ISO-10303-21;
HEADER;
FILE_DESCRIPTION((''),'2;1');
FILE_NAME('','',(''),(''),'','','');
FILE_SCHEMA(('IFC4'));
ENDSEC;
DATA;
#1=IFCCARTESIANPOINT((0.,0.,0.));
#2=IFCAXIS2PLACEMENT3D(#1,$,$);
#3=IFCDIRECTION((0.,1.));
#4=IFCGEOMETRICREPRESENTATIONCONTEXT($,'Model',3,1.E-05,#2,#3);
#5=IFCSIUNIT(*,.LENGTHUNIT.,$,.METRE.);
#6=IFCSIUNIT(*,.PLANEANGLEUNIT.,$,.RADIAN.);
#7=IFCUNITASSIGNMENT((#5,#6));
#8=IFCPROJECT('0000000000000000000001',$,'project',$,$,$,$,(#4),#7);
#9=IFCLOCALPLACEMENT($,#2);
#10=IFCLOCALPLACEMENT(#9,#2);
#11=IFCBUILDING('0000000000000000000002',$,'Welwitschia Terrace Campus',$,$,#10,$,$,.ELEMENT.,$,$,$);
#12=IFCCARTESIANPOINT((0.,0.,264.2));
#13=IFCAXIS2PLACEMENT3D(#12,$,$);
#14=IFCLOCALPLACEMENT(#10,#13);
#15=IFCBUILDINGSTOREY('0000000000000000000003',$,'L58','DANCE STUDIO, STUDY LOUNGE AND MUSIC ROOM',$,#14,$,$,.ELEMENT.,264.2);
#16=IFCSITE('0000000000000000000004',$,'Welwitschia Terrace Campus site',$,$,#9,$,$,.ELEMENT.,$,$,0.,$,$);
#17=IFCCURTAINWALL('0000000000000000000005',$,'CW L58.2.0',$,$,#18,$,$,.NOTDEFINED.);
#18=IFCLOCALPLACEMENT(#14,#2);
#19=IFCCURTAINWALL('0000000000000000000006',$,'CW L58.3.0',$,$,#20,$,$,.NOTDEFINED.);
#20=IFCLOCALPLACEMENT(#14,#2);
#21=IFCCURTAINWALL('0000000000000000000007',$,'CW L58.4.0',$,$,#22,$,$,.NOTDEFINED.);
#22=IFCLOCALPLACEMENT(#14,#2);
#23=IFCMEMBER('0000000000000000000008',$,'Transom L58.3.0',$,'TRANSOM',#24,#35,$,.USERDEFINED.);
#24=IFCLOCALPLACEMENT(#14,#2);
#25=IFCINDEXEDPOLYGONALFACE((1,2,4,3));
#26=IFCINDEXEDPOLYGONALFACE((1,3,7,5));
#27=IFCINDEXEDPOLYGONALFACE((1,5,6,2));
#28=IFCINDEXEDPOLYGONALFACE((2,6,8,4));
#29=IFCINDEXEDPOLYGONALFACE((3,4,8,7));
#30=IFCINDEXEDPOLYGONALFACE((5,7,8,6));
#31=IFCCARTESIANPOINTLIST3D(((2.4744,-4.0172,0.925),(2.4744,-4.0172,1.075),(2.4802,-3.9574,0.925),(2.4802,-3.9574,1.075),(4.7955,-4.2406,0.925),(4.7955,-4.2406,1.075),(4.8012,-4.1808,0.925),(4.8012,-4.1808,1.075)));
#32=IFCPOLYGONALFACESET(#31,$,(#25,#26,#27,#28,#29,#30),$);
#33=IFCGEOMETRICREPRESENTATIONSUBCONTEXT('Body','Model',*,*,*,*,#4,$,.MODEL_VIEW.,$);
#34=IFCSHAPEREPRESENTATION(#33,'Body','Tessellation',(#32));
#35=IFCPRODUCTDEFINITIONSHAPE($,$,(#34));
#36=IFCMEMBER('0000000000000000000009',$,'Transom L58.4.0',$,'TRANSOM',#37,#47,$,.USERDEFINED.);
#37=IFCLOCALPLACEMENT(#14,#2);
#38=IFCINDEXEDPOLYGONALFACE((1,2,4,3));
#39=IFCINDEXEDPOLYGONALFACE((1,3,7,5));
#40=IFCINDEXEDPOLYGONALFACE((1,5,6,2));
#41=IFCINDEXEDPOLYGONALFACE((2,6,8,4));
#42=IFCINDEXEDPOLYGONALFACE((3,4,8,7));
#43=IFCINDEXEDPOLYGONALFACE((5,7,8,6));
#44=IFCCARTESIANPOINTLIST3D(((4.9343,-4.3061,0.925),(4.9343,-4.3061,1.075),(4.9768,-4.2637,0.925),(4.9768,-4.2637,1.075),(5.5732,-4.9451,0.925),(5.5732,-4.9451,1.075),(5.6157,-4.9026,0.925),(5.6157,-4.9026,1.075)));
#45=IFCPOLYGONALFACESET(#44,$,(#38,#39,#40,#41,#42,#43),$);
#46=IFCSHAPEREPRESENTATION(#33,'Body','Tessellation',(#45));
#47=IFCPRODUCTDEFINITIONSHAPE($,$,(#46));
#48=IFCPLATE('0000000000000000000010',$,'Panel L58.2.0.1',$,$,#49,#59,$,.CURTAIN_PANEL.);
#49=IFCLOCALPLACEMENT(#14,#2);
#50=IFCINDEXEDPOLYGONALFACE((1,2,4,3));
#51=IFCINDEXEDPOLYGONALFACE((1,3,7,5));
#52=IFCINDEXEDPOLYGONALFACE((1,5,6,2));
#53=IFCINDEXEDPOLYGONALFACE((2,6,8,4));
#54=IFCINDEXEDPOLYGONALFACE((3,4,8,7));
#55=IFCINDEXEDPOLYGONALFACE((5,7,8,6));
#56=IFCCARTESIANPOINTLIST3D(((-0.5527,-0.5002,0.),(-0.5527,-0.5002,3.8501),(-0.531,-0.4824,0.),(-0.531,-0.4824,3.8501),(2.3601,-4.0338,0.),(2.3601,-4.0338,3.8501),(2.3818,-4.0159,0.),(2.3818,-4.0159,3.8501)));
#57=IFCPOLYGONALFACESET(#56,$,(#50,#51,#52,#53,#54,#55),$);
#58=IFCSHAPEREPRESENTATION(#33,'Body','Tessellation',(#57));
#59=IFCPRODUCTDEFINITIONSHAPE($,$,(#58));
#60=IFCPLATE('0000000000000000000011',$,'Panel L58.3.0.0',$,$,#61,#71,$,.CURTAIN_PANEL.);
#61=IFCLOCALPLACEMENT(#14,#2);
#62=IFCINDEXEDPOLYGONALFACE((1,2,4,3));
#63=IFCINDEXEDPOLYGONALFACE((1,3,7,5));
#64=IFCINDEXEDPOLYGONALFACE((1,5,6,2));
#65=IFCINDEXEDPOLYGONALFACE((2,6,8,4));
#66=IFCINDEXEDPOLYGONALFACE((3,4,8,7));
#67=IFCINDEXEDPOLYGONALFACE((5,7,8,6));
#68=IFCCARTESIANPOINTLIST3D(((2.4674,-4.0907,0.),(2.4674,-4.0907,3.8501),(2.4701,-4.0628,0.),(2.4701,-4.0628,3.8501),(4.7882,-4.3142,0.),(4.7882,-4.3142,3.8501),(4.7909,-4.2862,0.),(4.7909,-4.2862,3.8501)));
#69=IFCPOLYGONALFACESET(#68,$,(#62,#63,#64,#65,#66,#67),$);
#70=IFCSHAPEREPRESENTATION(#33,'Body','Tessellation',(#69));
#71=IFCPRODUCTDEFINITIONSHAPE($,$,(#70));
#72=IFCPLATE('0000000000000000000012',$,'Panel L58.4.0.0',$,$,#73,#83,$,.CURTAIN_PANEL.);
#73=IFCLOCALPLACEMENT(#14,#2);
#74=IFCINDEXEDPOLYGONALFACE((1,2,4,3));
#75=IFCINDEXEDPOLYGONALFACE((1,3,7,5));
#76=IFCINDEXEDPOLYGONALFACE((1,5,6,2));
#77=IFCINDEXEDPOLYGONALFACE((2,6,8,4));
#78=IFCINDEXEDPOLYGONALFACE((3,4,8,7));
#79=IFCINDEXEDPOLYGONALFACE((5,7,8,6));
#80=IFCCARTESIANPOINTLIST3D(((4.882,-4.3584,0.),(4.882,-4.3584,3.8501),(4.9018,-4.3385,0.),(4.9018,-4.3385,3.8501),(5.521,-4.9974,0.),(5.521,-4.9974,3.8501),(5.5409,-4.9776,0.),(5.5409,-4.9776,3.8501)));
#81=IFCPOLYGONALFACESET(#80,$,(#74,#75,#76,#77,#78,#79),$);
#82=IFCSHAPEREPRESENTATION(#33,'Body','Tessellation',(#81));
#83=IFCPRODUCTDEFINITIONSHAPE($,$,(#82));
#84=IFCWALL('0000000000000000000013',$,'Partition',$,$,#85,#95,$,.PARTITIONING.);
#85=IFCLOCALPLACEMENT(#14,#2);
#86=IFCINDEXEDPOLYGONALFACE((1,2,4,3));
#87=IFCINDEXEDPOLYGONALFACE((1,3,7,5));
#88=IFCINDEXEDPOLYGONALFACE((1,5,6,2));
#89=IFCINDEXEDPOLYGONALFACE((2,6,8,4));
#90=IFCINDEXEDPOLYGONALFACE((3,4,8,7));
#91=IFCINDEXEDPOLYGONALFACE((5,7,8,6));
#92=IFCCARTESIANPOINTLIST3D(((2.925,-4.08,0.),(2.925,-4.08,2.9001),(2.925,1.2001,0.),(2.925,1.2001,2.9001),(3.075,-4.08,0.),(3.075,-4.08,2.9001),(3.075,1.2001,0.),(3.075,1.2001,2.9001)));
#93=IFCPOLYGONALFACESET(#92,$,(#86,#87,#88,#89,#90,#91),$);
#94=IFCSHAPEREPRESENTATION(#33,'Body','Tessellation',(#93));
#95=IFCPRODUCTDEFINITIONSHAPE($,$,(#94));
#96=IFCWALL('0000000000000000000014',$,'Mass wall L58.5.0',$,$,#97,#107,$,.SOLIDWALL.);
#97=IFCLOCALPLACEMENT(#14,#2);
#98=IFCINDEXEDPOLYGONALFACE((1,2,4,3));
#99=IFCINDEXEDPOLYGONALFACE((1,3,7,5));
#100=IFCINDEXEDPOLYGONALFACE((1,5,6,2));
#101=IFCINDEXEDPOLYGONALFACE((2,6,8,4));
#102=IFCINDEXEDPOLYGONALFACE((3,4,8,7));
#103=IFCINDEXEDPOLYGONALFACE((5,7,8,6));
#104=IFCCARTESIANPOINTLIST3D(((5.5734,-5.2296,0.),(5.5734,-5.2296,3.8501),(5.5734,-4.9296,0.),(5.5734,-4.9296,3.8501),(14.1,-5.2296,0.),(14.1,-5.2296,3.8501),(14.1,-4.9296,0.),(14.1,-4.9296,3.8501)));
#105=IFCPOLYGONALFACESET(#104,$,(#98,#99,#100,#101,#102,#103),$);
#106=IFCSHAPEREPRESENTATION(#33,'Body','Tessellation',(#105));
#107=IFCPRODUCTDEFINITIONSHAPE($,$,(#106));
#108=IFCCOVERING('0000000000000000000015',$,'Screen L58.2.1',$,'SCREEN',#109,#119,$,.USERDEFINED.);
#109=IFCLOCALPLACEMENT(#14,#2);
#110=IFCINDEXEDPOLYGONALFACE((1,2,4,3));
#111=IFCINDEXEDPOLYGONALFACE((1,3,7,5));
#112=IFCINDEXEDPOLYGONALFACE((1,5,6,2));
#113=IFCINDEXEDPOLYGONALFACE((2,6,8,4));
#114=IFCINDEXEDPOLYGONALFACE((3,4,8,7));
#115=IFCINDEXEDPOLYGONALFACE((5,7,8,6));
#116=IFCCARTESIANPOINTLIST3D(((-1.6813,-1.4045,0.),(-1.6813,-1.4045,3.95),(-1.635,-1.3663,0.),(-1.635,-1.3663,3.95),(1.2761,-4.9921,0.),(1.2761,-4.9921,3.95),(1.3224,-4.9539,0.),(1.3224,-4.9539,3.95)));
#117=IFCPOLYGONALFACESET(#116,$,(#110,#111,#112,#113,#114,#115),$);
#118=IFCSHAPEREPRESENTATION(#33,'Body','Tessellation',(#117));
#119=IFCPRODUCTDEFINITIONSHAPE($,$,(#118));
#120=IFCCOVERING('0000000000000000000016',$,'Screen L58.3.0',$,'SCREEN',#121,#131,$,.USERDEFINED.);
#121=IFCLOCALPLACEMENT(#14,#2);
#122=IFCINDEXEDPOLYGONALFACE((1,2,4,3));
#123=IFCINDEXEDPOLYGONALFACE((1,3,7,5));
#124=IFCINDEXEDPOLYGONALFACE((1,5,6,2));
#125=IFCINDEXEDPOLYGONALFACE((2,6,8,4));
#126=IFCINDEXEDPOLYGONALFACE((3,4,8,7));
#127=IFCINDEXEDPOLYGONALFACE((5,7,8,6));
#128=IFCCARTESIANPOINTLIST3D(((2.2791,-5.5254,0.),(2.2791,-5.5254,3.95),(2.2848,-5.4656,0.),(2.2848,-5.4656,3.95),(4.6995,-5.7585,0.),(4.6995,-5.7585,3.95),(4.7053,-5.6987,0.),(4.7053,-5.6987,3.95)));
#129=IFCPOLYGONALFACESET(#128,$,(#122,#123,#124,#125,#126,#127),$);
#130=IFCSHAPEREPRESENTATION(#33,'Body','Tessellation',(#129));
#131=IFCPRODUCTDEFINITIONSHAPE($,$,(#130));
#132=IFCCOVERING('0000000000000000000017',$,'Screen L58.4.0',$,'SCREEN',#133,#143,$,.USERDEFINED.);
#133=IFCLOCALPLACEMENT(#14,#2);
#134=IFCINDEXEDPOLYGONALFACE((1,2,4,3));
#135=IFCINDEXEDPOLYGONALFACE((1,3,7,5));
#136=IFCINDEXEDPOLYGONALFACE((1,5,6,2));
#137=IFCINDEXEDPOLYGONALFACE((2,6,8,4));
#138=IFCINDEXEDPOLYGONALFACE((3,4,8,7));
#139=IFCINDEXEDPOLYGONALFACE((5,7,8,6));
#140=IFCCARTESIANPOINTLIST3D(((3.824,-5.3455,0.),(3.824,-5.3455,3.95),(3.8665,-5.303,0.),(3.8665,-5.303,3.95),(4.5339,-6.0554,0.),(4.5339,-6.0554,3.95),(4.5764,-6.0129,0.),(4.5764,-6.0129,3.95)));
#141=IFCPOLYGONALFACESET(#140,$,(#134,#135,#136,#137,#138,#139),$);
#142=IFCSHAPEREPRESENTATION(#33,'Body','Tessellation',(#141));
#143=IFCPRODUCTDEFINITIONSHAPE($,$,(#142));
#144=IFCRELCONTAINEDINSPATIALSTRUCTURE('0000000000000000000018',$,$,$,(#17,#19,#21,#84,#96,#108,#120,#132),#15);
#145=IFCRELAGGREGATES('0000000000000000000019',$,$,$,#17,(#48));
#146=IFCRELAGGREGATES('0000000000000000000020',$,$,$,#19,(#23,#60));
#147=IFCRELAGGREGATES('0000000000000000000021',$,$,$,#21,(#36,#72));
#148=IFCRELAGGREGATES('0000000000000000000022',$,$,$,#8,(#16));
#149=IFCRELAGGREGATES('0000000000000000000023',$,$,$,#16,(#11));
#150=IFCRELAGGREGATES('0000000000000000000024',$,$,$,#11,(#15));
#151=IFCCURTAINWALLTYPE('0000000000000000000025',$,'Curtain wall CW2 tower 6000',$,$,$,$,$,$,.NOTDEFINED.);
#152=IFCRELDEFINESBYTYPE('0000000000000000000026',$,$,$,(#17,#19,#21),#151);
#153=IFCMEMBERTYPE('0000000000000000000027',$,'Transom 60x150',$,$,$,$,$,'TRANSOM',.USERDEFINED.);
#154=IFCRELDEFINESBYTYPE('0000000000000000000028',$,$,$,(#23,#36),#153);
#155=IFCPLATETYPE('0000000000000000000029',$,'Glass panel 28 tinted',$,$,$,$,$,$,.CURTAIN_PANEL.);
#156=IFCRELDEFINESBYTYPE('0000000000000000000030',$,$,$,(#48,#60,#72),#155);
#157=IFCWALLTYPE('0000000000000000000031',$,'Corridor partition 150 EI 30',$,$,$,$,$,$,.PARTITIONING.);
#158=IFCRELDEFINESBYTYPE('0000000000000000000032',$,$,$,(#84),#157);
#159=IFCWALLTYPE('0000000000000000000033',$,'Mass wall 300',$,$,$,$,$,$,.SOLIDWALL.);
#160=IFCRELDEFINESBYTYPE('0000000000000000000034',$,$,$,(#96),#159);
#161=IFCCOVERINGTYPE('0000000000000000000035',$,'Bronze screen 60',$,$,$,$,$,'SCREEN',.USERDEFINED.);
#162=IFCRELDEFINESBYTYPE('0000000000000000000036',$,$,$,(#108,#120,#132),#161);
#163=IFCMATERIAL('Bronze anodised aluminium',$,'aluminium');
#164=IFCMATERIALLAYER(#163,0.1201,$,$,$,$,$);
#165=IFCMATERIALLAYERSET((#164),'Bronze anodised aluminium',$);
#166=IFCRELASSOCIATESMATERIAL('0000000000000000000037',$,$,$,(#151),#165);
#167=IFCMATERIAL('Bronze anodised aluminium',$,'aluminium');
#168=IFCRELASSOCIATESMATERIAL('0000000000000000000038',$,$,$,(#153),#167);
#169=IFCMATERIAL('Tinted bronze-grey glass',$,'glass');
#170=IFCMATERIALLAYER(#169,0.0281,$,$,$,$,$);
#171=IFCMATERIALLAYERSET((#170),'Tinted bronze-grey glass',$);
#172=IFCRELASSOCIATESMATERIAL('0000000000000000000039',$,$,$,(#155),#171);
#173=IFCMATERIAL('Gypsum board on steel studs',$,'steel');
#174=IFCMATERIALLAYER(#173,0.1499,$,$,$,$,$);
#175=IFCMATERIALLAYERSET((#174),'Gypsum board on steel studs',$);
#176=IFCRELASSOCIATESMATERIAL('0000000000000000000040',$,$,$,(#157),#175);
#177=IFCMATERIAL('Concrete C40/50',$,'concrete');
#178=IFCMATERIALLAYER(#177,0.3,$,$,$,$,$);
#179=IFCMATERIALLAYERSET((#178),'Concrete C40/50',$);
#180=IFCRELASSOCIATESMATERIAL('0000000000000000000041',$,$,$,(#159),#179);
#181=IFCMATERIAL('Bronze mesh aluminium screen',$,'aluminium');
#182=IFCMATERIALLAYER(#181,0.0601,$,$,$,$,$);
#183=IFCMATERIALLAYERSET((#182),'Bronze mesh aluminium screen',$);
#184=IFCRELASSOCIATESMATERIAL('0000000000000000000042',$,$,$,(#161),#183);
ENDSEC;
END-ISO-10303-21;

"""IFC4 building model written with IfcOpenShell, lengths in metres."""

from ifc_helpers import new_model, si_unit, direction, frame, frame_2d, origin, origin_2d, place, context, subcontext, project, spatial, rectangle, extrude, material, layer, layer_set, material_profile, profile_set, type_object, element, aggregate, save


model = new_model("IFC4")

# Units and contexts
model_context = context("Model", 3, precision=1e-05, world=origin(), true_north=direction((0.0, 1.0)))
body_context = subcontext(model_context, "Body", "Model", "MODEL_VIEW")
ifc_project = project(units=[si_unit("LENGTHUNIT", "METRE"), si_unit("PLANEANGLEUNIT", "RADIAN")], contexts=[model_context])

# Site, building, storey
site_placement = place(None, origin())
site = spatial("IfcSite", under=ifc_project, at=site_placement, Name="Welwitschia Terrace Campus site", CompositionType="ELEMENT", RefElevation=0.0)
building_placement = place(site_placement, origin())
building = spatial("IfcBuilding", under=site, at=building_placement, Name="Welwitschia Terrace Campus", CompositionType="ELEMENT")
storey_placement = place(building_placement, frame((0.0, 0.0, 264.2)))
storey = spatial("IfcBuildingStorey", under=building, at=storey_placement, Name="L58", Description="DANCE STUDIO, STUDY LOUNGE AND MUSIC ROOM", CompositionType="ELEMENT", Elevation=264.2)

# Curtain walls
ifc_material_1 = material(Name="Bronze anodised aluminium", Category="aluminium")
ifc_layer_1 = layer(ifc_material_1, 0.1201)
ifc_layer_set_1 = layer_set([ifc_layer_1], Name="Bronze anodised aluminium")
curtain_wall_type = type_object("IfcCurtainWallType", Name="Curtain wall CW2 tower 6000", PredefinedType="NOTDEFINED", material=ifc_layer_set_1)
curtain_wall_1_placement = place(storey_placement, origin())
curtain_wall_1 = element("IfcCurtainWall", 1, at=curtain_wall_1_placement, inside=storey, type_object=curtain_wall_type, Name="CW L58.2.0", PredefinedType="NOTDEFINED")
curtain_wall_2_placement = place(storey_placement, origin())
curtain_wall_2 = element("IfcCurtainWall", 2, at=curtain_wall_2_placement, inside=storey, type_object=curtain_wall_type, Name="CW L58.3.0", PredefinedType="NOTDEFINED")
curtain_wall_3_placement = place(storey_placement, origin())
curtain_wall_3 = element("IfcCurtainWall", 3, at=curtain_wall_3_placement, inside=storey, type_object=curtain_wall_type, Name="CW L58.4.0", PredefinedType="NOTDEFINED")

# Members
ifc_material_2 = material(Name="Bronze anodised aluminium", Category="aluminium")
ifc_material_profile_1 = material_profile(ifc_material_2, rectangle(XDim=0.0601, YDim=0.1499, at=origin_2d()))
ifc_profile_set_1 = profile_set([ifc_material_profile_1], Name="Bronze anodised aluminium")
member_type_1 = type_object("IfcMemberType", Name="Transom 60x150", ElementType="TRANSOM", PredefinedType="USERDEFINED", material=ifc_profile_set_1)
member_1_placement = place(storey_placement, frame((2.4773, -3.9873, 1.0), z_axis=(0.9954, -0.095802, 0.0), x_axis=(0.095802, 0.9954, 0.0)))
member_1 = element("IfcMember", 4, at=member_1_placement, type_object=member_type_1, Name="Transom L58.3.0", ObjectType="TRANSOM", PredefinedType="USERDEFINED", context=body_context, shape_type="SweptSolid", body=[
    extrude(rectangle(XDim=0.0601, YDim=0.1499, at=origin_2d()), origin(), (0.0, 0.0, 1.0), 2.3318),
])
member_2_placement = place(storey_placement, frame((4.9556, -4.2849, 1.0), z_axis=(0.707107, -0.707107, 0.0), x_axis=(0.707107, 0.707107, 0.0)))
member_2 = element("IfcMember", 5, at=member_2_placement, type_object=member_type_1, Name="Transom L58.4.0", ObjectType="TRANSOM", PredefinedType="USERDEFINED", context=body_context, shape_type="SweptSolid", body=[
    extrude(rectangle(XDim=0.0601, YDim=0.1499, at=origin_2d()), origin(), (0.0, 0.0, 1.0), 0.9036),
])

# Plates
ifc_material_3 = material(Name="Tinted bronze-grey glass", Category="glass")
ifc_layer_2 = layer(ifc_material_3, 0.0281)
ifc_layer_set_2 = layer_set([ifc_layer_2], Name="Tinted bronze-grey glass")
plate_type = type_object("IfcPlateType", Name="Glass panel 28 tinted", PredefinedType="CURTAIN_PANEL", material=ifc_layer_set_2)
plate_1_placement = place(storey_placement, frame((0.9146, -2.2581, 0.0), z_axis=(0.0, 0.0, 1.0), x_axis=(0.636078, -0.771625, 0.0)))
plate_1 = element("IfcPlate", 6, at=plate_1_placement, type_object=plate_type, Name="Panel L58.2.0.1", PredefinedType="CURTAIN_PANEL", context=body_context, shape_type="SweptSolid", body=[
    extrude(rectangle(XDim=4.5793, YDim=0.0281, at=origin_2d()), origin(), (0.0, 0.0, 1.0), 3.8501),
])
aggregate(curtain_wall_1, [plate_1])
plate_2_placement = place(storey_placement, frame((3.6292, -4.1885, 0.0), z_axis=(0.0, 0.0, 1.0), x_axis=(0.995396, -0.095846, 0.0)))
plate_2 = element("IfcPlate", 7, at=plate_2_placement, type_object=plate_type, Name="Panel L58.3.0.0", PredefinedType="CURTAIN_PANEL", context=body_context, shape_type="SweptSolid", body=[
    extrude(rectangle(XDim=2.3315, YDim=0.0281, at=origin_2d()), origin(), (0.0, 0.0, 1.0), 3.8501),
])
aggregate(curtain_wall_2, [member_1, plate_2])
plate_3_placement = place(storey_placement, frame((5.2114, -4.668, 0.0), z_axis=(0.0, 0.0, 1.0), x_axis=(0.707107, -0.707107, 0.0)))
plate_3 = element("IfcPlate", 8, at=plate_3_placement, type_object=plate_type, Name="Panel L58.4.0.0", PredefinedType="CURTAIN_PANEL", context=body_context, shape_type="SweptSolid", body=[
    extrude(rectangle(XDim=0.9038, YDim=0.0281, at=origin_2d()), origin(), (0.0, 0.0, 1.0), 3.8501),
])
aggregate(curtain_wall_3, [member_2, plate_3])

# Walls
ifc_material_4 = material(Name="Gypsum board on steel studs", Category="steel")
ifc_layer_3 = layer(ifc_material_4, 0.1499)
ifc_layer_set_3 = layer_set([ifc_layer_3], Name="Gypsum board on steel studs")
wall_type_1 = type_object("IfcWallType", Name="Corridor partition 150 EI 30", PredefinedType="PARTITIONING", material=ifc_layer_set_3)
wall_1_placement = place(storey_placement, frame((3.0, -4.0801, 0.0), z_axis=(0.0, 0.0, 1.0), x_axis=(0.0, 1.0, 0.0)))
element("IfcWall", 9, at=wall_1_placement, inside=storey, type_object=wall_type_1, Name="Partition", PredefinedType="PARTITIONING", context=body_context, shape_type="SweptSolid", body=[
    extrude(rectangle(XDim=5.28, YDim=0.1499, at=frame_2d((2.6401, 0.0))), origin(), (0.0, 0.0, 1.0), 2.9001),
])
ifc_material_5 = material(Name="Concrete C40/50", Category="concrete")
ifc_layer_4 = layer(ifc_material_5, 0.3)
ifc_layer_set_4 = layer_set([ifc_layer_4], Name="Concrete C40/50")
wall_type_2 = type_object("IfcWallType", Name="Mass wall 300", PredefinedType="SOLIDWALL", material=ifc_layer_set_4)
wall_2_placement = place(storey_placement, frame((5.5735, -5.0796, 0.0), z_axis=(0.0, 0.0, 1.0), x_axis=(1.0, 0.0, 0.0)))
element("IfcWall", 10, at=wall_2_placement, inside=storey, type_object=wall_type_2, Name="Mass wall L58.5.0", PredefinedType="SOLIDWALL", context=body_context, shape_type="SweptSolid", body=[
    extrude(rectangle(XDim=8.5266, YDim=0.3, at=frame_2d((4.2632, 0.0))), origin(), (0.0, 0.0, 1.0), 3.8501),
])

# Coverings
ifc_material_6 = material(Name="Bronze mesh aluminium screen", Category="aluminium")
ifc_layer_5 = layer(ifc_material_6, 0.0601)
ifc_layer_set_5 = layer_set([ifc_layer_5], Name="Bronze mesh aluminium screen")
covering_type = type_object("IfcCoveringType", Name="Bronze screen 60", ElementType="SCREEN", PredefinedType="USERDEFINED", material=ifc_layer_set_5)
covering_1_placement = place(storey_placement, frame((-0.1794, -3.1792, 0.0), z_axis=(0.0, 0.0, 1.0), x_axis=(0.636078, -0.771625, 0.0)))
element("IfcCovering", 11, at=covering_1_placement, inside=storey, type_object=covering_type, Name="Screen L58.2.1", ObjectType="SCREEN", PredefinedType="USERDEFINED", context=body_context, shape_type="SweptSolid", body=[
    extrude(rectangle(XDim=4.6494, YDim=0.0601, at=origin_2d()), origin(), (0.0, 0.0, 1.0), 3.95),
])
covering_2_placement = place(storey_placement, frame((3.4922, -5.6121, 0.0), z_axis=(0.0, 0.0, 1.0), x_axis=(0.995396, -0.095846, 0.0)))
element("IfcCovering", 12, at=covering_2_placement, inside=storey, type_object=covering_type, Name="Screen L58.3.0", ObjectType="SCREEN", PredefinedType="USERDEFINED", context=body_context, shape_type="SweptSolid", body=[
    extrude(rectangle(XDim=2.4316, YDim=0.0601, at=origin_2d()), origin(), (0.0, 0.0, 1.0), 3.95),
])
covering_3_placement = place(storey_placement, frame((4.2002, -5.6792, 0.0), z_axis=(0.0, 0.0, 1.0), x_axis=(0.707107, -0.707107, 0.0)))
element("IfcCovering", 13, at=covering_3_placement, inside=storey, type_object=covering_type, Name="Screen L58.4.0", ObjectType="SCREEN", PredefinedType="USERDEFINED", context=body_context, shape_type="SweptSolid", body=[
    extrude(rectangle(XDim=1.0039, YDim=0.0601, at=origin_2d()), origin(), (0.0, 0.0, 1.0), 3.95),
])

save(model, "model.ifc")
